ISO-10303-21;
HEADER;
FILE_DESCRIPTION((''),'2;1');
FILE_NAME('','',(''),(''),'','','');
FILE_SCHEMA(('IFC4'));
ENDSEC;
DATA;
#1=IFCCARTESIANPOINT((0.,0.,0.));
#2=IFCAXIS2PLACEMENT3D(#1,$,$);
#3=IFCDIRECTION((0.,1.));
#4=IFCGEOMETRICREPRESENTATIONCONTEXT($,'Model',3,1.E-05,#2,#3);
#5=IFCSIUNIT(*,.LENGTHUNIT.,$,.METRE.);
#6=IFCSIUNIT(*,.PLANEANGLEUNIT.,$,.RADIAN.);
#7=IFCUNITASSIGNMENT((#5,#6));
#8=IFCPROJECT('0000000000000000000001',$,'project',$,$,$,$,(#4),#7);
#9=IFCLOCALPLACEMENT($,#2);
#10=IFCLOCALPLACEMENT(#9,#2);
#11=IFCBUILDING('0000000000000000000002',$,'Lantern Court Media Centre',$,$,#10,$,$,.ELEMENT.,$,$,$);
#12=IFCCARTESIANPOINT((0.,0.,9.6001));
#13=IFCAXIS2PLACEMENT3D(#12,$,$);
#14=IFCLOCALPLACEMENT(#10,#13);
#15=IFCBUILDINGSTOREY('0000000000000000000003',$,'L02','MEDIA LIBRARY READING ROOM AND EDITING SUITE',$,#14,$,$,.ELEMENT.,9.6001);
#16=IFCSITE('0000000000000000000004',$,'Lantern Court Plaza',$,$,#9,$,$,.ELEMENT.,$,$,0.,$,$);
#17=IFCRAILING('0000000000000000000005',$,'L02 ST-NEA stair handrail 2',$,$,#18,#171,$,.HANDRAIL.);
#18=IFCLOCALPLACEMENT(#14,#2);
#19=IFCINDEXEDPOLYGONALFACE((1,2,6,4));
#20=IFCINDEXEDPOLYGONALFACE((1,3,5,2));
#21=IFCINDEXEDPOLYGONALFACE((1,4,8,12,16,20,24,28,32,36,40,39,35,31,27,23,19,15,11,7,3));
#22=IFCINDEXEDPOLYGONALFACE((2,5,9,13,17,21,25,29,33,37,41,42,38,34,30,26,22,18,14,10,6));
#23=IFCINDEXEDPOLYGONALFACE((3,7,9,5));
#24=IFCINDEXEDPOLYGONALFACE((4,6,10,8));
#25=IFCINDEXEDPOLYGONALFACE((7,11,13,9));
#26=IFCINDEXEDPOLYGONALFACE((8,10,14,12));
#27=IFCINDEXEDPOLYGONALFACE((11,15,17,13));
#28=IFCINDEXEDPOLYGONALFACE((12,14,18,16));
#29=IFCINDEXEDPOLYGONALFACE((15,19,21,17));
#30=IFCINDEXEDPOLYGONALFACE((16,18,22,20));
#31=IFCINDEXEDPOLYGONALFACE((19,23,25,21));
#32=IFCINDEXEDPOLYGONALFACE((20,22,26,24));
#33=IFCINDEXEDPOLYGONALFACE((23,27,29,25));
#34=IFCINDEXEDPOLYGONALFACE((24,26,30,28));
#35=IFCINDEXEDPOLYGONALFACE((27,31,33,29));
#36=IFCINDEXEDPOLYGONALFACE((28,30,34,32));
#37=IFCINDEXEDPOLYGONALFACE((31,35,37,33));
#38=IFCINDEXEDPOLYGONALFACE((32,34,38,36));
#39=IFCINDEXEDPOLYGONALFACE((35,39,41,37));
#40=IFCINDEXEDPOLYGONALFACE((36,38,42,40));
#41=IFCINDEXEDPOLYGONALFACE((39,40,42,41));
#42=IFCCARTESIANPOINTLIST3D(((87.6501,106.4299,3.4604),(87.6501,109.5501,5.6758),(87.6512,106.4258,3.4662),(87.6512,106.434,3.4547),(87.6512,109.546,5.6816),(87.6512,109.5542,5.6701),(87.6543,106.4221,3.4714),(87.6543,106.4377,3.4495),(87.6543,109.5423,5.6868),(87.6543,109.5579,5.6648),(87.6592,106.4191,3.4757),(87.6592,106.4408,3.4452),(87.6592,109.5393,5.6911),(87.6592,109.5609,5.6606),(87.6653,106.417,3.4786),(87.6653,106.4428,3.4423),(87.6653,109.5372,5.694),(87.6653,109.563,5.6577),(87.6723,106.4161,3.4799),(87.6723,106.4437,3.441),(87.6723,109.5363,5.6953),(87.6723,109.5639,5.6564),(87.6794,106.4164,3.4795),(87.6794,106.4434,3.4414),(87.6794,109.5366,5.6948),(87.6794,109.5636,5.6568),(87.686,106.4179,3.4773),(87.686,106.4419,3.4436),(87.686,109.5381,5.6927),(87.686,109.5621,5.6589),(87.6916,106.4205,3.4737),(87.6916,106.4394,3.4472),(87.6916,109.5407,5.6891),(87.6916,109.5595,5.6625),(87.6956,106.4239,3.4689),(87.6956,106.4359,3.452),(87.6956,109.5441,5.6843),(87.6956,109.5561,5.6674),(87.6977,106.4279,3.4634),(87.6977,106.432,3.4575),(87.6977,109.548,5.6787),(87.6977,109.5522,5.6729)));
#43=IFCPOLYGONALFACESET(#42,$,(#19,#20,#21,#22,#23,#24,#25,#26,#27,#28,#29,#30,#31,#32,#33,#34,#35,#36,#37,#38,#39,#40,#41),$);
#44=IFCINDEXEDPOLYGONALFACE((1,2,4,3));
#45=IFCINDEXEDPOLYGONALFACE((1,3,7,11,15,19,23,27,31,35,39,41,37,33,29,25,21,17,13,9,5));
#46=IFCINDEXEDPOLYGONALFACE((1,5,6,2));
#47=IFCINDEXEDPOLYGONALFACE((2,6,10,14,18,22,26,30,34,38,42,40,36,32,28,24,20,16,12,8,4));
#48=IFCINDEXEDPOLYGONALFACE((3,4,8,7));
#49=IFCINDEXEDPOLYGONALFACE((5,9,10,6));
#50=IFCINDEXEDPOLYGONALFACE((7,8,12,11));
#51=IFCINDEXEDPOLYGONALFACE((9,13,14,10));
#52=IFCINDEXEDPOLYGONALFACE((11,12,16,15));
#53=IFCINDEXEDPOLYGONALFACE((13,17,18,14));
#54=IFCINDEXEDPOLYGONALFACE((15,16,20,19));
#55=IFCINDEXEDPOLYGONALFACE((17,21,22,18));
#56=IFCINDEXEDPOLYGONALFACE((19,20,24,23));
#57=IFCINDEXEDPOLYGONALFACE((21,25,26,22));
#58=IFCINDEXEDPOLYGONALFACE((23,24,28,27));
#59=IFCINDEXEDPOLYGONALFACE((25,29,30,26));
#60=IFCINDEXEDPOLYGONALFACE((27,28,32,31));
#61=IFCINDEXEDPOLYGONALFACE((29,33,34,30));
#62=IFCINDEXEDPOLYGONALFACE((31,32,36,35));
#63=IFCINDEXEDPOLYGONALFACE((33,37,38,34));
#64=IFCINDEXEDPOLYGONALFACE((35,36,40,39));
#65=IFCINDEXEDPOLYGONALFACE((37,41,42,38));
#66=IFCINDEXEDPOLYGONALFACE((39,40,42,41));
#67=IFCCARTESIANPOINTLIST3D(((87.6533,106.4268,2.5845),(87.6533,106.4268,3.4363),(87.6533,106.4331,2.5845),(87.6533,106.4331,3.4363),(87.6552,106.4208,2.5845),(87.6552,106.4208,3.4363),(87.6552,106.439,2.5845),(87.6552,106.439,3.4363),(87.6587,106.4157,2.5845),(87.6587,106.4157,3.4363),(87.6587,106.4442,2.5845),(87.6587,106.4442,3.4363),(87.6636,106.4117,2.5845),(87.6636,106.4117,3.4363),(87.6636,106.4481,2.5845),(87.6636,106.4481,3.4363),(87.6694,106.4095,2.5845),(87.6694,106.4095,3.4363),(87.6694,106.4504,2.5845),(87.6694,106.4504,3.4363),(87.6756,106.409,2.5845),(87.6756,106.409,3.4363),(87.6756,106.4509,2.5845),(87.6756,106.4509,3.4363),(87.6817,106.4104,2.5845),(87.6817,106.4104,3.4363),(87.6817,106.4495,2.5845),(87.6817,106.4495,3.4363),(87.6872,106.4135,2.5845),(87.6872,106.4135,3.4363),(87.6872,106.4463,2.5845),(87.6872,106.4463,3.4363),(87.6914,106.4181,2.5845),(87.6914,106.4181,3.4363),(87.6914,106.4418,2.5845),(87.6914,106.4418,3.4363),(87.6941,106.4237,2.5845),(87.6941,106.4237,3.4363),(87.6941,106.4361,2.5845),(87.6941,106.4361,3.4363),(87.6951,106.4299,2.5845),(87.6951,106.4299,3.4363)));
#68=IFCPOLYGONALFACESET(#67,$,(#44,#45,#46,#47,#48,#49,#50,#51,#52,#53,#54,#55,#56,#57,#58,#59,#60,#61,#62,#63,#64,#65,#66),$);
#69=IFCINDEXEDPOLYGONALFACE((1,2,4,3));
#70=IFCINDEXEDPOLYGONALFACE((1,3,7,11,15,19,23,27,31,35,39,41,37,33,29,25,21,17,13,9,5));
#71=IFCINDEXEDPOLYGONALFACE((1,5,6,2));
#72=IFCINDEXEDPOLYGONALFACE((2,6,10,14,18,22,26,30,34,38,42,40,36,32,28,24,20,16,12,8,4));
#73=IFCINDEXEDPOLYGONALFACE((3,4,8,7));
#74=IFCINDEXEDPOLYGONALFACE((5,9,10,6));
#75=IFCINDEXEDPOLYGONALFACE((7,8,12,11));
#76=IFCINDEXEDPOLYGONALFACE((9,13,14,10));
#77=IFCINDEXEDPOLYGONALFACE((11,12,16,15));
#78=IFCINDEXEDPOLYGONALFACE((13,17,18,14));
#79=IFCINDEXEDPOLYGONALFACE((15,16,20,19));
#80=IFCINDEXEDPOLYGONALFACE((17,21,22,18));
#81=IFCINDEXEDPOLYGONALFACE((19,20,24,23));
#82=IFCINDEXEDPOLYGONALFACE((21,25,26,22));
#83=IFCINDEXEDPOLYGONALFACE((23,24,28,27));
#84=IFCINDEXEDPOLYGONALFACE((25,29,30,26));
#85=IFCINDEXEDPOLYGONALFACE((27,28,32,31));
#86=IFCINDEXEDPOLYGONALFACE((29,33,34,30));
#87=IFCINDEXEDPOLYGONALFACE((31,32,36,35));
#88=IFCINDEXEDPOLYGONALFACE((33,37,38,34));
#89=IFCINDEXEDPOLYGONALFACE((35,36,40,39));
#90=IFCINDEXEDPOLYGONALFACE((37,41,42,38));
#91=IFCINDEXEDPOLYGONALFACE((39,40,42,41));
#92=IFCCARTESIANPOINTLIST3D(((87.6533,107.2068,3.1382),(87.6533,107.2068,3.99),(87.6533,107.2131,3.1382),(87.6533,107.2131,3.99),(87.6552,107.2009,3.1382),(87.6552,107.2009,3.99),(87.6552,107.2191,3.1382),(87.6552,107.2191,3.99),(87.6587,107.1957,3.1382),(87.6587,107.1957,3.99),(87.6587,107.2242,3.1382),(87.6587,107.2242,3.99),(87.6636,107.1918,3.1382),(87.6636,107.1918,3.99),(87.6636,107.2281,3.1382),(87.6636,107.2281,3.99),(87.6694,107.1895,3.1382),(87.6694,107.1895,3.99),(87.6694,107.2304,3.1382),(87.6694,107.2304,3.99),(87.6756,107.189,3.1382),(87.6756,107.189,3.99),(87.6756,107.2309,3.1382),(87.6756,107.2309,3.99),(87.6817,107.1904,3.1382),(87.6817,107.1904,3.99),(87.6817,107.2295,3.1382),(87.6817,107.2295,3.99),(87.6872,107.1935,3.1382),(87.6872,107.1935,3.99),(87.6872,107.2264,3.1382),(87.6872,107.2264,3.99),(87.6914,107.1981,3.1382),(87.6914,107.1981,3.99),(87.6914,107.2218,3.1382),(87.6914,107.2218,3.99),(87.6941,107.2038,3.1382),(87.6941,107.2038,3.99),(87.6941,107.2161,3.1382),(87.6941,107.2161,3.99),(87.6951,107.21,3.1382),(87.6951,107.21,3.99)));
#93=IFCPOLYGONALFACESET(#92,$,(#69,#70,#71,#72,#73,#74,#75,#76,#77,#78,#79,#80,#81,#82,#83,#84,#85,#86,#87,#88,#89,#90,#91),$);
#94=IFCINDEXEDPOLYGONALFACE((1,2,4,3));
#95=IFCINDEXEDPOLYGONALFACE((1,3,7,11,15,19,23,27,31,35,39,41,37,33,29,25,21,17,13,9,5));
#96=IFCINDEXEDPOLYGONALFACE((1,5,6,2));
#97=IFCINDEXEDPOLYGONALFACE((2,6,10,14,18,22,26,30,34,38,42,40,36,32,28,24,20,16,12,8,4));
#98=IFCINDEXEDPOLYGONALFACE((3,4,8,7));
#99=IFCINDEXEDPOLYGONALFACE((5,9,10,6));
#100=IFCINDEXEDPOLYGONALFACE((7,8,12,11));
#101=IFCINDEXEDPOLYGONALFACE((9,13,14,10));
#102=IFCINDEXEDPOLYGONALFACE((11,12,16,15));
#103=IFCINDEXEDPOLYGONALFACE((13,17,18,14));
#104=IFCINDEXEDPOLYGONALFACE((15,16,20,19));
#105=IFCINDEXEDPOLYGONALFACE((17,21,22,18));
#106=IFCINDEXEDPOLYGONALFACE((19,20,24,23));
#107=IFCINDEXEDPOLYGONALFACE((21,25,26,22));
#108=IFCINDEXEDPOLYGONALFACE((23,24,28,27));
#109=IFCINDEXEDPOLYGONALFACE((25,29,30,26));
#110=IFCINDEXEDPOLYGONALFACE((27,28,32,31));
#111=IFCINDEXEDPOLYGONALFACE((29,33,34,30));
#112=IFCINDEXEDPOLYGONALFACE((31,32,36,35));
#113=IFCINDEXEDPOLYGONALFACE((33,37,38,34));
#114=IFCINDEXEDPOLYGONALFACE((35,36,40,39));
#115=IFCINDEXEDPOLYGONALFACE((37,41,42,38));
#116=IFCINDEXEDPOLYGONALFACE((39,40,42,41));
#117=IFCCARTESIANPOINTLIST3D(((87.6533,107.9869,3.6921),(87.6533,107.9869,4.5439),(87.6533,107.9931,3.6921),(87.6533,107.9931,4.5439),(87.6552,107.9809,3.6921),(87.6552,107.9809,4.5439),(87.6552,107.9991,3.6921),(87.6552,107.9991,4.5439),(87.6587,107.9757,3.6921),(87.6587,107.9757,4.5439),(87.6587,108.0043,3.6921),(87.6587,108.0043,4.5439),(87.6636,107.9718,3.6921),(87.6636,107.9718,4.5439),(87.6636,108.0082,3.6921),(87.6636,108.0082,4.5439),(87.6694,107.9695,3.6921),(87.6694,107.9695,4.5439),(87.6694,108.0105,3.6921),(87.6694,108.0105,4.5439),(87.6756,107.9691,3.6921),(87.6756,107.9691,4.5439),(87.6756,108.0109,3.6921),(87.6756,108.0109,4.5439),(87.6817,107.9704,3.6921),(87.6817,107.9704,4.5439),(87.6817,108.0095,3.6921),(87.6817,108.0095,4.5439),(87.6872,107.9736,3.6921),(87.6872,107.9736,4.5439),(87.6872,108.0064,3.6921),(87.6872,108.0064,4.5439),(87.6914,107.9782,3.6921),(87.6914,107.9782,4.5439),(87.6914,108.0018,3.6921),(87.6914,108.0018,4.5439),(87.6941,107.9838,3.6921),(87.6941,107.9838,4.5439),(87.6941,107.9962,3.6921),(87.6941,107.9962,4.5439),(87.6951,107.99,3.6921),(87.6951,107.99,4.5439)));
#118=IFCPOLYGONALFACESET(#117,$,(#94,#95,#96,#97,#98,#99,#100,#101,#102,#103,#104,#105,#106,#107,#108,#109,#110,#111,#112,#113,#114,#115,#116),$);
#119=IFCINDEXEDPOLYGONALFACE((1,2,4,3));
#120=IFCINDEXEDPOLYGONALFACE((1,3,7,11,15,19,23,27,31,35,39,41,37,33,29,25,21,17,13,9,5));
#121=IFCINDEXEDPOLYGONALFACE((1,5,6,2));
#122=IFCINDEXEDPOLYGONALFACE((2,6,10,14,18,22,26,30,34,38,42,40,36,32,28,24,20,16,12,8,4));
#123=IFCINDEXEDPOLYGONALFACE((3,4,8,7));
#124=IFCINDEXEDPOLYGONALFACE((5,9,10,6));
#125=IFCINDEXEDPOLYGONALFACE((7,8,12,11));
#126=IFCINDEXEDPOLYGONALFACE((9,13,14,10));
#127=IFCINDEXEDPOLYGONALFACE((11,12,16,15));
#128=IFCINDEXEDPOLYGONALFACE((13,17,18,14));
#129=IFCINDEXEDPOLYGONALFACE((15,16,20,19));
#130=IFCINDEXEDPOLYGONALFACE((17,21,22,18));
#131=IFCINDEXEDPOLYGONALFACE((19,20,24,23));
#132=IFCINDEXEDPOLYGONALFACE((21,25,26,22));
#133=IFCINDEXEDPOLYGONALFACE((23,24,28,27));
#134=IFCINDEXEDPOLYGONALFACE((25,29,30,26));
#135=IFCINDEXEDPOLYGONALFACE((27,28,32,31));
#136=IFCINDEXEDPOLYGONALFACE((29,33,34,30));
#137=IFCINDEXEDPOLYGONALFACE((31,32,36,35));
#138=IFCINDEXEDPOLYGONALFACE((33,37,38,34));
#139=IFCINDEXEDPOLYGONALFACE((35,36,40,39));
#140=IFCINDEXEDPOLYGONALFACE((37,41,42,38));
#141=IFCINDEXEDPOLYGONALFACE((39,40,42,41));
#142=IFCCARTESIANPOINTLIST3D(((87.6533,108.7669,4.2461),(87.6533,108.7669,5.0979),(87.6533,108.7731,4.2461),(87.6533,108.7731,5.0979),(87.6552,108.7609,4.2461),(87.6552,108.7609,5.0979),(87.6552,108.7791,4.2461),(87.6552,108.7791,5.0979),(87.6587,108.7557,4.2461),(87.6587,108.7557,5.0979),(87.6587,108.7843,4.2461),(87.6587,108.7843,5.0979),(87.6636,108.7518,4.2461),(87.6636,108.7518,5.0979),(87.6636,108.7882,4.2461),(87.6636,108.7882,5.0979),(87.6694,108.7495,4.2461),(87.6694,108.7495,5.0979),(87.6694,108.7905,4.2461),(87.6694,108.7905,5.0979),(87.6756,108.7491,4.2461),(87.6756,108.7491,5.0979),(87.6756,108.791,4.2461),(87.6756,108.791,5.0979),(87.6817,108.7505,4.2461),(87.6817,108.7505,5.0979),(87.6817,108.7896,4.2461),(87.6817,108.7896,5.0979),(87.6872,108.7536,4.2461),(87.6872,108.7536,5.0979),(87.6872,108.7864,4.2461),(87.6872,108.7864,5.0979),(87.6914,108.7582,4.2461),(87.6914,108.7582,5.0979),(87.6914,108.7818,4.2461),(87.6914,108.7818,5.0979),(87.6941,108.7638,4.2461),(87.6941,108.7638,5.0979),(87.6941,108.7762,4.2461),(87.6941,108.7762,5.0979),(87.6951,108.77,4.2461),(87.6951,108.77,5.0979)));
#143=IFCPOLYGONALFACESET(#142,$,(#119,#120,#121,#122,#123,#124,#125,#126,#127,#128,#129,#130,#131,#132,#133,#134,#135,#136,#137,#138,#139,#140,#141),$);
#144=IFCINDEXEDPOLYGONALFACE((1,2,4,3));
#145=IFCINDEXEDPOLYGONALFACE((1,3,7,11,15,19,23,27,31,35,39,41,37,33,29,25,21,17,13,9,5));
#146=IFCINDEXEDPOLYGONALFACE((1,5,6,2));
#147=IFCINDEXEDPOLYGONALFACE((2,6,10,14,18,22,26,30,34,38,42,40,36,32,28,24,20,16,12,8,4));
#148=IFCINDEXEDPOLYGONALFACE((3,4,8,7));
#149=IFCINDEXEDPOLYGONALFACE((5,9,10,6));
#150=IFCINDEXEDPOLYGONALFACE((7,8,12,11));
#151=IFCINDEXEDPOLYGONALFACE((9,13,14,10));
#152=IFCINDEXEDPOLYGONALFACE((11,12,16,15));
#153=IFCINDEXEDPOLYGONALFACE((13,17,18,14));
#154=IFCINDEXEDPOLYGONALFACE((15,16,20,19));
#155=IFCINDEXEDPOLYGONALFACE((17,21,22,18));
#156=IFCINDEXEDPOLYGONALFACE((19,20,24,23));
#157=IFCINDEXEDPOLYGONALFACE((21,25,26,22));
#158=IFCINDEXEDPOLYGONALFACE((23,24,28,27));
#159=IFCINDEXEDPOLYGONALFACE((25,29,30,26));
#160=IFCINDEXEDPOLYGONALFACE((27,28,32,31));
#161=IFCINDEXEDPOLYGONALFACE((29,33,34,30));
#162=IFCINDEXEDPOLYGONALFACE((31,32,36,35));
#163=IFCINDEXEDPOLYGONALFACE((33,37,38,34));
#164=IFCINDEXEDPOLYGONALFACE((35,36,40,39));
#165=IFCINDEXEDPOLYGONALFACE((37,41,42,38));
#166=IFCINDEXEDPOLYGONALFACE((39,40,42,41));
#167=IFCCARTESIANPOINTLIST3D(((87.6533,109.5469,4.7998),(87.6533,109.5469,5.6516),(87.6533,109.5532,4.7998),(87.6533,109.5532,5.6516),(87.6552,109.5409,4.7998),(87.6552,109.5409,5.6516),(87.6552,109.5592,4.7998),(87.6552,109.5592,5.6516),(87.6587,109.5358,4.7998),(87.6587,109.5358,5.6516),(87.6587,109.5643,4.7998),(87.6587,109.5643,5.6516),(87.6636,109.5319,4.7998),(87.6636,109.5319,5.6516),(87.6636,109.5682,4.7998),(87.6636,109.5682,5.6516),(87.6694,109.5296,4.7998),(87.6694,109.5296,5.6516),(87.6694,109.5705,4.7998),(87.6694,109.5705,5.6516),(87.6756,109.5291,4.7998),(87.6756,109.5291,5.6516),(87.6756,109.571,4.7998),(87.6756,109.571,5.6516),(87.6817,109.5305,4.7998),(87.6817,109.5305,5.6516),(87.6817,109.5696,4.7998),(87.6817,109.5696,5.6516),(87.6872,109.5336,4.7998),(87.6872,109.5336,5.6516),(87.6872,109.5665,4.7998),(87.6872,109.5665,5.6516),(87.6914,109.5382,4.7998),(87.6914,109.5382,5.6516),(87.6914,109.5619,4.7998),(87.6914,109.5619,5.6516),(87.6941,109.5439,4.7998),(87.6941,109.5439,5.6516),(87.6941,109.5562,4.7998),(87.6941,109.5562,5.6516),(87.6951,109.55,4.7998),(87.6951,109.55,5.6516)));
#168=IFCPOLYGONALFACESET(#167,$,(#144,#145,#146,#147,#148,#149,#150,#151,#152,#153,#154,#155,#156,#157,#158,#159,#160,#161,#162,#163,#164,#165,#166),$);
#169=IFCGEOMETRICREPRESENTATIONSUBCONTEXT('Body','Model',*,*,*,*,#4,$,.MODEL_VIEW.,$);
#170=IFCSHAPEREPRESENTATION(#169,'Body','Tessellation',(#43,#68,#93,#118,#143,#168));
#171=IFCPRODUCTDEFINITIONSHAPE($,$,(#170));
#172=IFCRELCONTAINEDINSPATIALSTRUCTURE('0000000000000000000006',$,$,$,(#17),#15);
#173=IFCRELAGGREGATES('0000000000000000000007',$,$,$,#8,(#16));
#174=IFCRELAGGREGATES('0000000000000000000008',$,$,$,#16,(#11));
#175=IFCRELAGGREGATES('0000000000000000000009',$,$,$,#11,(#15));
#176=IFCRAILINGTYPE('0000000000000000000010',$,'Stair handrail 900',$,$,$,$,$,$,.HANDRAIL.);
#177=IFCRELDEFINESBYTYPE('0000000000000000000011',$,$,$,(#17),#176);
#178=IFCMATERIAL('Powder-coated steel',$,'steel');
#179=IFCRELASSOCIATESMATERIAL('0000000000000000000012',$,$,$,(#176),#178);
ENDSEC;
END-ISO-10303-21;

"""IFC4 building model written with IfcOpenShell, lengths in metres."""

from ifc_helpers import new_model, si_unit, direction, frame, origin, origin_2d, place, context, subcontext, project, spatial, circle, extrude, material, type_object, element, save


model = new_model("IFC4")

# Units and contexts
model_context = context("Model", 3, precision=1e-05, world=origin(), true_north=direction((0.0, 1.0)))
body_context = subcontext(model_context, "Body", "Model", "MODEL_VIEW")
ifc_project = project(units=[si_unit("LENGTHUNIT", "METRE"), si_unit("PLANEANGLEUNIT", "RADIAN")], contexts=[model_context])

# Site, building, storey
site_placement = place(None, origin())
site = spatial("IfcSite", under=ifc_project, at=site_placement, Name="Lantern Court Plaza", CompositionType="ELEMENT", RefElevation=0.0)
building_placement = place(site_placement, origin())
building = spatial("IfcBuilding", under=site, at=building_placement, Name="Lantern Court Media Centre", CompositionType="ELEMENT")
storey_placement = place(building_placement, frame((0.0, 0.0, 9.6001)))
storey = spatial("IfcBuildingStorey", under=building, at=storey_placement, Name="L02", Description="MEDIA LIBRARY READING ROOM AND EDITING SUITE", CompositionType="ELEMENT", Elevation=9.6001)

# Shared definitions
ifc_material_1 = material(Name="Powder-coated steel", Category="steel")

# Railing
railing_type_1 = type_object("IfcRailingType", Name="Stair handrail 900", PredefinedType="HANDRAIL", material=ifc_material_1)
railing_1_placement = place(storey_placement, frame((87.6741, 106.4299, 2.5845)))
element("IfcRailing", 1, at=railing_1_placement, inside=storey, type_object=railing_type_1, Name="L02 ST-NEA stair handrail 2", PredefinedType="HANDRAIL", context=body_context, shape_type="SweptSolid", body=[
    extrude(circle(Radius=0.0239, at=origin_2d()), frame((0.0, 0.0, 0.876), z_axis=(0.0, 0.815377, 0.57893), x_axis=(-1.0, 0.0, 0.0)), (0.0, 0.0, 1.0), 3.8267),
    extrude(circle(Radius=0.021, at=origin_2d()), origin(), (0.0, 0.0, 1.0), 0.8518),
    extrude(circle(Radius=0.021, at=origin_2d()), frame((0.0, 0.78, 0.5537)), (0.0, 0.0, 1.0), 0.8518),
    extrude(circle(Radius=0.021, at=origin_2d()), frame((0.0, 1.5601, 1.1077)), (0.0, 0.0, 1.0), 0.8518),
    extrude(circle(Radius=0.021, at=origin_2d()), frame((0.0, 2.3401, 1.6616)), (0.0, 0.0, 1.0), 0.8518),
    extrude(circle(Radius=0.021, at=origin_2d()), frame((0.0, 3.1201, 2.2153)), (0.0, 0.0, 1.0), 0.8518),
])

save(model, "model.ifc")
